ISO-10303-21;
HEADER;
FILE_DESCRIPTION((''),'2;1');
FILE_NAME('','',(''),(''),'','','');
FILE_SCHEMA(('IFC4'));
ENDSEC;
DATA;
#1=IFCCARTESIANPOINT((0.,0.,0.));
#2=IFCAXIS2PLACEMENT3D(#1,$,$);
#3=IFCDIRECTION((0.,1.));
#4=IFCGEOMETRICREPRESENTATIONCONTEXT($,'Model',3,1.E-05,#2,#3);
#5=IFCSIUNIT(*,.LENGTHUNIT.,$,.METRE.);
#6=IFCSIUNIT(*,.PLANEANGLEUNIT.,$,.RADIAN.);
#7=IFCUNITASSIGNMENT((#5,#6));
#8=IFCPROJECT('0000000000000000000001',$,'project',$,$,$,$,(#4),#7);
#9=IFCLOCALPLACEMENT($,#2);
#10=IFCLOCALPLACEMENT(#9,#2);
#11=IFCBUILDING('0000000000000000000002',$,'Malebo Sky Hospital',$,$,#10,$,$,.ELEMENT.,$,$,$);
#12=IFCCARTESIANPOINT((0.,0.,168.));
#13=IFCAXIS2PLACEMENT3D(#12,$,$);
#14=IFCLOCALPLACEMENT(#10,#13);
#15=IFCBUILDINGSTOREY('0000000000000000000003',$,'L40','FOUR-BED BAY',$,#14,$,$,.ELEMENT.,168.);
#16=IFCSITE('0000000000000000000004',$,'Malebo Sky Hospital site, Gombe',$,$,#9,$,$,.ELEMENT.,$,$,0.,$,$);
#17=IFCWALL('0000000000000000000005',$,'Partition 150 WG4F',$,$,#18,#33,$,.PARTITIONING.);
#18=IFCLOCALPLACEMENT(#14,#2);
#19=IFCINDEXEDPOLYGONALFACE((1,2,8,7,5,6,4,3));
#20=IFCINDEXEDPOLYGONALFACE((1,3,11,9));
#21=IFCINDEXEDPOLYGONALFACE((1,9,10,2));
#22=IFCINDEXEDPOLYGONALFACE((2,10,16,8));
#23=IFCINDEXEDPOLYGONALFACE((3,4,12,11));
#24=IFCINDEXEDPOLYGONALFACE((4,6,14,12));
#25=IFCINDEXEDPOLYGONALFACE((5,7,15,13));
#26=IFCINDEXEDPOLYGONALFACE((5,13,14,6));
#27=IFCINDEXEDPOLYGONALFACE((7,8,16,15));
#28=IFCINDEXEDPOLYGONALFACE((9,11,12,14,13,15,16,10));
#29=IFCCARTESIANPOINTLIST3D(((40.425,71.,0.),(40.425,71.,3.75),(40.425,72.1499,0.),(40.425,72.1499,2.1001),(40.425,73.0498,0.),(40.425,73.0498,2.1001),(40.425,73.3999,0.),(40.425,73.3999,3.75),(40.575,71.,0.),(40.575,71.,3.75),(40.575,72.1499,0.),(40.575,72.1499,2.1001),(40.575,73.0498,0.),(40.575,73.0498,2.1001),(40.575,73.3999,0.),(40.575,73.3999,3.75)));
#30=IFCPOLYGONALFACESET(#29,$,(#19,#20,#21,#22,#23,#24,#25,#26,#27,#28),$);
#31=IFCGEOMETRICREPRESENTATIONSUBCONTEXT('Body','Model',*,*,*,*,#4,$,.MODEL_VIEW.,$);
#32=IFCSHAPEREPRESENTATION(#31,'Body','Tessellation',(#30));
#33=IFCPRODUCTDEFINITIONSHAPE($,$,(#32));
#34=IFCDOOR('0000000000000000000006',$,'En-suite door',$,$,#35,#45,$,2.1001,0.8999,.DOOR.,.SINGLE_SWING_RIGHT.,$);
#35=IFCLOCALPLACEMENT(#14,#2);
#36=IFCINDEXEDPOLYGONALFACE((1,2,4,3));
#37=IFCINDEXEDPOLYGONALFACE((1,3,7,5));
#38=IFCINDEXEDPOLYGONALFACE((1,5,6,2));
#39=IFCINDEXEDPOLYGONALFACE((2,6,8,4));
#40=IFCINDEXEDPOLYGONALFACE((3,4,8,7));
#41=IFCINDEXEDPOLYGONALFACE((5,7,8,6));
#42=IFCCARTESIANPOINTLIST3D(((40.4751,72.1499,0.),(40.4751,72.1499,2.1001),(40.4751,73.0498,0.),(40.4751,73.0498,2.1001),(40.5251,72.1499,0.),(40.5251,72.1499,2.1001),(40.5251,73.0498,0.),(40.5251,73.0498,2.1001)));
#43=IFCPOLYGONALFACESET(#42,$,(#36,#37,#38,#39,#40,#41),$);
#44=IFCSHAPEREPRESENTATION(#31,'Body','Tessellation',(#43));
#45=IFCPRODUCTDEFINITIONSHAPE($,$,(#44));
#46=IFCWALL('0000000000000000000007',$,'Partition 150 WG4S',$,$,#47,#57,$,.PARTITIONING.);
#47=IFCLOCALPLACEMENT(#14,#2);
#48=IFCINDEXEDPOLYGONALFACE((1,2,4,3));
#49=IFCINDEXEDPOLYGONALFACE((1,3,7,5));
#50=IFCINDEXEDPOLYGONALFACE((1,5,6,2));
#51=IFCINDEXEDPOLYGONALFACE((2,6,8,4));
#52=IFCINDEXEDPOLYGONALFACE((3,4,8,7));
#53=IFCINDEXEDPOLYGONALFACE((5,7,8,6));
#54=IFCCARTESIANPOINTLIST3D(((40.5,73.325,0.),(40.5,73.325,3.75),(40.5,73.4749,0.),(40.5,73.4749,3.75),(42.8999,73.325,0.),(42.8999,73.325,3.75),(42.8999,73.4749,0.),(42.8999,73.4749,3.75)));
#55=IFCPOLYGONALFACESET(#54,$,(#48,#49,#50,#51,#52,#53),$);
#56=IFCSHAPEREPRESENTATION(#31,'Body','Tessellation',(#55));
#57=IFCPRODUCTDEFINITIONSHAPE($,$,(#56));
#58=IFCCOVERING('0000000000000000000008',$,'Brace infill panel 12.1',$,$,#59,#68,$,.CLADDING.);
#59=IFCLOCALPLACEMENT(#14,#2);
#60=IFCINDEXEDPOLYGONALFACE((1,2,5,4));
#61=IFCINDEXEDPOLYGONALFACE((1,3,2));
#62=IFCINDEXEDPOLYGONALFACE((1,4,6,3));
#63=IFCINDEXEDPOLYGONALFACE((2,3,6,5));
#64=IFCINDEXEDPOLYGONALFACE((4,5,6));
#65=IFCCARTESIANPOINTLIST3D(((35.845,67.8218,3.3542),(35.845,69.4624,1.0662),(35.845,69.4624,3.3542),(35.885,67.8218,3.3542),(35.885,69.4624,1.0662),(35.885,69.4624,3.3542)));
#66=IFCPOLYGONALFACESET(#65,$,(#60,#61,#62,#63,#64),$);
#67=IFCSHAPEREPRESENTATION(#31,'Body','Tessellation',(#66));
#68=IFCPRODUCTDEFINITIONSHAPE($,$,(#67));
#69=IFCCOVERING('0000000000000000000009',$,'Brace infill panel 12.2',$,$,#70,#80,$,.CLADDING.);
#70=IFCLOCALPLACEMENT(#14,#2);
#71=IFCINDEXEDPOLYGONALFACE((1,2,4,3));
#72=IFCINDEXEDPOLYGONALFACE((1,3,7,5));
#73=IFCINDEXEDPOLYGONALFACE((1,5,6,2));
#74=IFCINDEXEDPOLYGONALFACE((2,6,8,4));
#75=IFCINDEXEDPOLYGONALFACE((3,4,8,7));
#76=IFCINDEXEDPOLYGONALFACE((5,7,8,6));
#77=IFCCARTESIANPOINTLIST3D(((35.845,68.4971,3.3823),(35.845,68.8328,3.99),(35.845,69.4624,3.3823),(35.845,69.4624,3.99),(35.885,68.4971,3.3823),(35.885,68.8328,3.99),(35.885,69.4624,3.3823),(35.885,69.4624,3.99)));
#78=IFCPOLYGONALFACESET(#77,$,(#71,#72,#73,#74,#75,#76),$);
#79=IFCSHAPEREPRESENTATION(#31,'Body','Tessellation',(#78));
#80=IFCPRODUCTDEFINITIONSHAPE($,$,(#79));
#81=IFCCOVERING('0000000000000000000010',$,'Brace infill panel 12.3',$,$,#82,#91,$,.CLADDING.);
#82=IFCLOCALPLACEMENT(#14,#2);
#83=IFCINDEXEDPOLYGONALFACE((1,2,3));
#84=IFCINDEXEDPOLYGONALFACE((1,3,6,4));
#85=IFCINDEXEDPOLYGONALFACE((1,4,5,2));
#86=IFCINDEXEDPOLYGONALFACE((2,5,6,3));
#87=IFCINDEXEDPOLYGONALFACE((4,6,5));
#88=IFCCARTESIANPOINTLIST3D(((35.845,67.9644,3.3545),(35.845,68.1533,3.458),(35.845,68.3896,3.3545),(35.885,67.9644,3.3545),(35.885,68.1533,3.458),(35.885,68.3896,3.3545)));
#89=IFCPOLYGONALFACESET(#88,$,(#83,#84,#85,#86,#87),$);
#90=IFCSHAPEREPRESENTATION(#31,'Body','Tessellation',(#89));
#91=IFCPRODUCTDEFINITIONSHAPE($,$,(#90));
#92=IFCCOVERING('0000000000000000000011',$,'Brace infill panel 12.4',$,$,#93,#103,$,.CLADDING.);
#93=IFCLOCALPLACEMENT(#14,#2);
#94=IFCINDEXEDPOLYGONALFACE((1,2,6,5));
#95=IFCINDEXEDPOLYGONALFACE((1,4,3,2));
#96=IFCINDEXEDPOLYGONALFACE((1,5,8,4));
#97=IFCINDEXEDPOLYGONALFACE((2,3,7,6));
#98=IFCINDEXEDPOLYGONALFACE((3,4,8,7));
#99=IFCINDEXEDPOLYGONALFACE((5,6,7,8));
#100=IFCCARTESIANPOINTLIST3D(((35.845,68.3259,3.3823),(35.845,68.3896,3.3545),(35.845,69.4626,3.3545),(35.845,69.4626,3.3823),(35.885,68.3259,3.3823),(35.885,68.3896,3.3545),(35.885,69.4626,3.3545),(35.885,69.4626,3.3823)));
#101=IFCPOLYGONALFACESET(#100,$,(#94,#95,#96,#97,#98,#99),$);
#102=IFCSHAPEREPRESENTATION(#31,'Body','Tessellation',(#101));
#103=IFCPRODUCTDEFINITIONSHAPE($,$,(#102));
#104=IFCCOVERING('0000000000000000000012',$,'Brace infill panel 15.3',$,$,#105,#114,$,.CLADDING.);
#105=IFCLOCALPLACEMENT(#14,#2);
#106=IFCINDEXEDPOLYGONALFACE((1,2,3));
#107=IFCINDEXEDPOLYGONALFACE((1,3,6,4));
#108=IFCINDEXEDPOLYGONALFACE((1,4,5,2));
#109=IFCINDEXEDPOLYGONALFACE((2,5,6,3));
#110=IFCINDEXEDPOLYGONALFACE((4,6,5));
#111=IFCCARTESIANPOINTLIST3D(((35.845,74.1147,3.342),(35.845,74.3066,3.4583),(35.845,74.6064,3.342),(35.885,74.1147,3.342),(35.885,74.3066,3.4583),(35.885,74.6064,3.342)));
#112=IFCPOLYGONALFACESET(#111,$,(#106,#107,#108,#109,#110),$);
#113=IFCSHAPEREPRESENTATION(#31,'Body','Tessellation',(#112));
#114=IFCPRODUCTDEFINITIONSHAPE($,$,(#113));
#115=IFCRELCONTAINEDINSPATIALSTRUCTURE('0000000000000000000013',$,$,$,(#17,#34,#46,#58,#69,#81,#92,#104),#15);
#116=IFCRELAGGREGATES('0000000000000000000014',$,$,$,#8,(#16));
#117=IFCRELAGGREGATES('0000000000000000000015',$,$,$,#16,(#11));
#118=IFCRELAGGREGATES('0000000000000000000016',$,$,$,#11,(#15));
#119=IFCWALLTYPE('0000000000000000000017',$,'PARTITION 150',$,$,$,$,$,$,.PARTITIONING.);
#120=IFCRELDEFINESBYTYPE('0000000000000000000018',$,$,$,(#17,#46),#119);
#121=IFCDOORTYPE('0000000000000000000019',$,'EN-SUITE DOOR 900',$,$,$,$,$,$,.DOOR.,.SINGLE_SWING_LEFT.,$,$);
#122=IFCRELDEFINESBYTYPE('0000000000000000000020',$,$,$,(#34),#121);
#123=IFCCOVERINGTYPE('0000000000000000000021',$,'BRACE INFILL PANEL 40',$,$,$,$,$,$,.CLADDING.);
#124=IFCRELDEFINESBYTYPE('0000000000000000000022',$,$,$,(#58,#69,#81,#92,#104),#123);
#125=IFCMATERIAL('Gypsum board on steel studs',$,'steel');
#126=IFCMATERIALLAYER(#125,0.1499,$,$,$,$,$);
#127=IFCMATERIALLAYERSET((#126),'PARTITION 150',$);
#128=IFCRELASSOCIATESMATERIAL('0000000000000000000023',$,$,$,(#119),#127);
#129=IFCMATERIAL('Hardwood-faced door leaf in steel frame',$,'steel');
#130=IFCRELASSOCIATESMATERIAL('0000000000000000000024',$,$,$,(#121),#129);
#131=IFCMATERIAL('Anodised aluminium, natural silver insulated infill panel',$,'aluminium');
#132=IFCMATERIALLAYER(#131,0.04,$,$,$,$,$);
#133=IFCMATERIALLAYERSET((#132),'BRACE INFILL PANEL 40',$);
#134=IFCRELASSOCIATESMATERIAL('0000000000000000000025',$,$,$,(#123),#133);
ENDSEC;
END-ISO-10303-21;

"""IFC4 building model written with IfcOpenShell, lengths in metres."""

from ifc_helpers import new_model, si_unit, direction, frame, frame_2d, origin, place, context, subcontext, project, spatial, polyline, rectangle, outline, extrude, material, layer, layer_set, type_object, element, fill, save


model = new_model("IFC4")

# Units and contexts
model_context = context("Model", 3, precision=1e-05, world=origin(), true_north=direction((0.0, 1.0)))
body_context = subcontext(model_context, "Body", "Model", "MODEL_VIEW")
ifc_project = project(units=[si_unit("LENGTHUNIT", "METRE"), si_unit("PLANEANGLEUNIT", "RADIAN")], contexts=[model_context])

# Site, building, storey
site_placement = place(None, origin())
site = spatial("IfcSite", under=ifc_project, at=site_placement, Name="Malebo Sky Hospital site, Gombe", CompositionType="ELEMENT", RefElevation=0.0)
building_placement = place(site_placement, origin())
building = spatial("IfcBuilding", under=site, at=building_placement, Name="Malebo Sky Hospital", CompositionType="ELEMENT")
storey_placement = place(building_placement, frame((0.0, 0.0, 168.0)))
storey = spatial("IfcBuildingStorey", under=building, at=storey_placement, Name="L40", Description="FOUR-BED BAY", CompositionType="ELEMENT", Elevation=168.0)

# Shared definitions
ifc_material_1 = material(Name="Gypsum board on steel studs", Category="steel")
ifc_layer_1 = layer(ifc_material_1, 0.1499)
ifc_layer_set_1 = layer_set([ifc_layer_1], Name="PARTITION 150")
wall_type = type_object("IfcWallType", Name="PARTITION 150", PredefinedType="PARTITIONING", material=ifc_layer_set_1)

# Shared definitions
ifc_material_2 = material(Name="Hardwood-faced door leaf in steel frame", Category="steel")
door_type = type_object("IfcDoorType", Name="EN-SUITE DOOR 900", OperationType="SINGLE_SWING_LEFT", PredefinedType="DOOR", material=ifc_material_2)

# Wall, opening, door
wall_1_placement = place(storey_placement, frame((40.5, 71.0, 0.0), z_axis=(0.0, 0.0, 1.0), x_axis=(0.0, 1.0, 0.0)))
wall_1 = element("IfcWall", 1, at=wall_1_placement, inside=storey, type_object=wall_type, Name="Partition 150 WG4F", PredefinedType="PARTITIONING", context=body_context, shape_type="SweptSolid", body=[
    extrude(rectangle(XDim=2.3999, YDim=0.1499, at=frame_2d((1.2, 0.0))), origin(), (0.0, 0.0, 1.0), 3.75),
])
opening_1_placement = place(wall_1_placement, frame((1.1499, 0.0, 0.0)))
opening_1 = element("IfcOpeningElement", 2, at=opening_1_placement, cuts=wall_1, PredefinedType="OPENING", context=body_context, shape_type="SweptSolid", body=[
    extrude(rectangle(XDim=0.8999, YDim=2.1001, at=frame_2d((0.45, 1.05))), frame((0.0, 0.085, 0.0), z_axis=(0.0, -1.0, 0.0), x_axis=(1.0, 0.0, 0.0)), (0.0, 0.0, 1.0), 0.1699),
])
door_1_placement = place(opening_1_placement, origin())
door_1 = element("IfcDoor", 3, at=door_1_placement, inside=storey, type_object=door_type, Name="En-suite door", OperationType="SINGLE_SWING_RIGHT", OverallHeight=2.1001, OverallWidth=0.8999, PredefinedType="DOOR", context=body_context, shape_type="SweptSolid", body=[
    extrude(rectangle(XDim=0.8999, YDim=2.1001, at=frame_2d((0.45, 1.05))), frame((0.0, 0.0249, 0.0), z_axis=(0.0, -1.0, 0.0), x_axis=(1.0, 0.0, 0.0)), (0.0, 0.0, 1.0), 0.05),
])
fill(opening_1, door_1)

# Wall
wall_2_placement = place(storey_placement, frame((42.8999, 73.3999, 0.0), z_axis=(0.0, 0.0, 1.0), x_axis=(-1.0, 0.0, 0.0)))
element("IfcWall", 4, at=wall_2_placement, inside=storey, type_object=wall_type, Name="Partition 150 WG4S", PredefinedType="PARTITIONING", context=body_context, shape_type="SweptSolid", body=[
    extrude(rectangle(XDim=2.3999, YDim=0.1499, at=frame_2d((1.2, 0.0))), origin(), (0.0, 0.0, 1.0), 3.75),
])

# Coverings
ifc_material_3 = material(Name="Anodised aluminium, natural silver insulated infill panel", Category="aluminium")
ifc_layer_2 = layer(ifc_material_3, 0.04)
ifc_layer_set_2 = layer_set([ifc_layer_2], Name="BRACE INFILL PANEL 40")
covering_type = type_object("IfcCoveringType", Name="BRACE INFILL PANEL 40", PredefinedType="CLADDING", material=ifc_layer_set_2)
covering_1_placement = place(storey_placement, frame((35.865, 68.6421, 1.0662), z_axis=(0.0, 0.0, 1.0), x_axis=(0.0, 1.0, 0.0)))
element("IfcCovering", 5, at=covering_1_placement, inside=storey, type_object=covering_type, Name="Brace infill panel 12.1", PredefinedType="CLADDING", context=body_context, shape_type="SweptSolid", body=[
    extrude(outline(polyline([(0.8203, 0.0), (0.8203, 2.2881), (-0.8203, 2.2881), (0.8203, 0.0)])), frame((0.0, 0.02, 0.0), z_axis=(0.0, -1.0, 0.0), x_axis=(1.0, 0.0, 0.0)), (0.0, 0.0, 1.0), 0.04),
])
covering_2_placement = place(storey_placement, frame((35.865, 68.9797, 3.3823), z_axis=(0.0, 0.0, 1.0), x_axis=(0.0, 1.0, 0.0)))
element("IfcCovering", 6, at=covering_2_placement, inside=storey, type_object=covering_type, Name="Brace infill panel 12.2", PredefinedType="CLADDING", context=body_context, shape_type="SweptSolid", body=[
    extrude(outline(polyline([(-0.4827, 0.0), (0.4827, 0.0), (0.4827, 0.6077), (-0.147, 0.6077), (-0.4827, 0.0)])), frame((0.0, 0.02, 0.0), z_axis=(0.0, -1.0, 0.0), x_axis=(1.0, 0.0, 0.0)), (0.0, 0.0, 1.0), 0.04),
])
covering_3_placement = place(storey_placement, frame((35.865, 68.177, 3.3545), z_axis=(0.0, 0.0, 1.0), x_axis=(0.0, 1.0, 0.0)))
element("IfcCovering", 7, at=covering_3_placement, inside=storey, type_object=covering_type, Name="Brace infill panel 12.3", PredefinedType="CLADDING", context=body_context, shape_type="SweptSolid", body=[
    extrude(outline(polyline([(-0.2126, 0.0), (0.2126, 0.0), (-0.0237, 0.1035), (-0.2126, 0.0)])), frame((0.0, 0.02, 0.0), z_axis=(0.0, -1.0, 0.0), x_axis=(1.0, 0.0, 0.0)), (0.0, 0.0, 1.0), 0.04),
])
covering_4_placement = place(storey_placement, frame((35.865, 68.8943, 3.3545), z_axis=(0.0, 0.0, 1.0), x_axis=(0.0, 1.0, 0.0)))
element("IfcCovering", 8, at=covering_4_placement, inside=storey, type_object=covering_type, Name="Brace infill panel 12.4", PredefinedType="CLADDING", context=body_context, shape_type="SweptSolid", body=[
    extrude(outline(polyline([(-0.5046, 0.0), (0.5684, 0.0), (0.5684, 0.0278), (-0.5684, 0.0278), (-0.5046, 0.0)])), frame((0.0, 0.02, 0.0), z_axis=(0.0, -1.0, 0.0), x_axis=(1.0, 0.0, 0.0)), (0.0, 0.0, 1.0), 0.04),
])
covering_5_placement = place(storey_placement, frame((35.865, 74.3606, 3.342), z_axis=(0.0, 0.0, 1.0), x_axis=(0.0, 1.0, 0.0)))
element("IfcCovering", 9, at=covering_5_placement, inside=storey, type_object=covering_type, Name="Brace infill panel 15.3", PredefinedType="CLADDING", context=body_context, shape_type="SweptSolid", body=[
    extrude(outline(polyline([(-0.2458, 0.0), (0.2458, 0.0), (-0.054, 0.1162), (-0.2458, 0.0)])), frame((0.0, 0.02, 0.0), z_axis=(0.0, -1.0, 0.0), x_axis=(1.0, 0.0, 0.0)), (0.0, 0.0, 1.0), 0.04),
])

save(model, "model.ifc")
